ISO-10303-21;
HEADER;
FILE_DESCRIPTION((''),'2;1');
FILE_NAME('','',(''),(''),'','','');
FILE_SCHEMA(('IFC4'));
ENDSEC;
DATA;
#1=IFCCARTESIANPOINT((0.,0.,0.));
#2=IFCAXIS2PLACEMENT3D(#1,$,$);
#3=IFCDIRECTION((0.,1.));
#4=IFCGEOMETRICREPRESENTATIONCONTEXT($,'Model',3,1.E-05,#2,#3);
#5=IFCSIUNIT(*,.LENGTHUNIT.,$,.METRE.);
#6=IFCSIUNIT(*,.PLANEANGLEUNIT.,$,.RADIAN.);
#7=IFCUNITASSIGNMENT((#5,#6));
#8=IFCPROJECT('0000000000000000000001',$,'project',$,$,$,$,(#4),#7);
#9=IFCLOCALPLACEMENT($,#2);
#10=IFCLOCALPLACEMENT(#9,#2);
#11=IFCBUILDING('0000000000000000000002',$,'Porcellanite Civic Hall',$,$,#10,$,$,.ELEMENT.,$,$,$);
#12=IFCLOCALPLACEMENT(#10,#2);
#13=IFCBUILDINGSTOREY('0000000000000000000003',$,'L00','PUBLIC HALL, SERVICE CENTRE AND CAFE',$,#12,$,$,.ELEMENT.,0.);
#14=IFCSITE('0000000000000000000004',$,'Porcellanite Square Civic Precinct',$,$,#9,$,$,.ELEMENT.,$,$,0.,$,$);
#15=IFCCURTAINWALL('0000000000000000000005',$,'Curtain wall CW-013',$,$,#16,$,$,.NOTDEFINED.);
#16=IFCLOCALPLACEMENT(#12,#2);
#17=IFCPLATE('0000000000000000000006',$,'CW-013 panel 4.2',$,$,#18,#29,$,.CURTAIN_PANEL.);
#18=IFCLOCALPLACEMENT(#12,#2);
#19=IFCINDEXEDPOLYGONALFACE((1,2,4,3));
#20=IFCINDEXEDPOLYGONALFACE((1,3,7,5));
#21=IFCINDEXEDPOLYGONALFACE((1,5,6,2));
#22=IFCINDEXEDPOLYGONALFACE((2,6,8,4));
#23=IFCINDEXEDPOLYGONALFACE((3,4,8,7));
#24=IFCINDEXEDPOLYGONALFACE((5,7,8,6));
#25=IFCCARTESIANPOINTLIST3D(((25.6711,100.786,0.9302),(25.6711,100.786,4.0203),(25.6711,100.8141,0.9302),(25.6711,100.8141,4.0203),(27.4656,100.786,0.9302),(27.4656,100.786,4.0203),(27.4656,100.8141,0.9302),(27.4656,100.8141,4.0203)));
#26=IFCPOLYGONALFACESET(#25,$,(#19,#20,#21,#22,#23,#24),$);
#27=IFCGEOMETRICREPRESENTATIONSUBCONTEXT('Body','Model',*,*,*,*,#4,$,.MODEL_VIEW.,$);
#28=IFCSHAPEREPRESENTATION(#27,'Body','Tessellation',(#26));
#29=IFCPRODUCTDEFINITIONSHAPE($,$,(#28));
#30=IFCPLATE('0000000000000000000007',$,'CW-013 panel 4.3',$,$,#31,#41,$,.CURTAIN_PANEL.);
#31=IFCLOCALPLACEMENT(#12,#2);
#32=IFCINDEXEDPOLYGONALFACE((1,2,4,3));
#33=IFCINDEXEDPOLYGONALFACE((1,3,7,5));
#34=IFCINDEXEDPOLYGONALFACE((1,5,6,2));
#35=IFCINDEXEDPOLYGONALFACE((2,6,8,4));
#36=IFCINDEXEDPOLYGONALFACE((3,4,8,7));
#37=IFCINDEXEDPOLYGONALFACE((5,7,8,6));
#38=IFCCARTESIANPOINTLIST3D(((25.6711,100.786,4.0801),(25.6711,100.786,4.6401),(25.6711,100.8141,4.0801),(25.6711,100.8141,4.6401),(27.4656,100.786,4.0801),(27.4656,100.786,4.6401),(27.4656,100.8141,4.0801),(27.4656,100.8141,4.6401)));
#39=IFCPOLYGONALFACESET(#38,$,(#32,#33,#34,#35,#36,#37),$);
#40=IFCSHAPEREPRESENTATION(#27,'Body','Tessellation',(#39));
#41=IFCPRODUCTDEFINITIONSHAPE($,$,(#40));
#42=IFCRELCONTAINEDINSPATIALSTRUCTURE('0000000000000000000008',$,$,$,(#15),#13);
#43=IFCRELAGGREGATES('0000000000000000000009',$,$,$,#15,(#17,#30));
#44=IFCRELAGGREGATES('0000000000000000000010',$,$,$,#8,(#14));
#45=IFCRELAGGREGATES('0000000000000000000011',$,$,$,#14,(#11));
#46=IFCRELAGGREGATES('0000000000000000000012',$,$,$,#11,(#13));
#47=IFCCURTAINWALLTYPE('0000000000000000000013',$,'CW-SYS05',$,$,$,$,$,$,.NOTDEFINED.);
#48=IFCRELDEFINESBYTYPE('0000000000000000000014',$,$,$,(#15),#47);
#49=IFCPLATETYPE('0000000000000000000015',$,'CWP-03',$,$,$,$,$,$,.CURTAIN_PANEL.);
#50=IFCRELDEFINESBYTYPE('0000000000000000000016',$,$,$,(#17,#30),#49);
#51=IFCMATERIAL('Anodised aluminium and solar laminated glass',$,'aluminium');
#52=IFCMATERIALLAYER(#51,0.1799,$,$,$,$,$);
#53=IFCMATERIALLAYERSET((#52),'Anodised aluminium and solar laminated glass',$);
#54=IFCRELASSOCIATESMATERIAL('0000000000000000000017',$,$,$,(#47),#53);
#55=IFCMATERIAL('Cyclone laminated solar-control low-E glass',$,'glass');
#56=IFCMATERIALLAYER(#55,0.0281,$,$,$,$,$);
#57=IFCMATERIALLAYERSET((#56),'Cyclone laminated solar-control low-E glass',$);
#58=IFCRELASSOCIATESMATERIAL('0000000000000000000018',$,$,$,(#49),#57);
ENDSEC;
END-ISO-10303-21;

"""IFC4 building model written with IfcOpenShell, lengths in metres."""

from ifc_helpers import new_model, si_unit, direction, frame, origin, origin_2d, place, context, subcontext, project, spatial, rectangle, extrude, material, layer, layer_set, type_object, element, aggregate, save


model = new_model("IFC4")

# Units and contexts
model_context = context("Model", 3, precision=1e-05, world=origin(), true_north=direction((0.0, 1.0)))
body_context = subcontext(model_context, "Body", "Model", "MODEL_VIEW")
ifc_project = project(units=[si_unit("LENGTHUNIT", "METRE"), si_unit("PLANEANGLEUNIT", "RADIAN")], contexts=[model_context])

# Site, building, storey
site_placement = place(None, origin())
site = spatial("IfcSite", under=ifc_project, at=site_placement, Name="Porcellanite Square Civic Precinct", CompositionType="ELEMENT", RefElevation=0.0)
building_placement = place(site_placement, origin())
building = spatial("IfcBuilding", under=site, at=building_placement, Name="Porcellanite Civic Hall", CompositionType="ELEMENT")
storey_placement = place(building_placement, origin())
storey = spatial("IfcBuildingStorey", under=building, at=storey_placement, Name="L00", Description="PUBLIC HALL, SERVICE CENTRE AND CAFE", CompositionType="ELEMENT", Elevation=0.0)

# Curtain wall, plates
ifc_material_1 = material(Name="Anodised aluminium and solar laminated glass", Category="aluminium")
ifc_layer_1 = layer(ifc_material_1, 0.1799)
ifc_layer_set_1 = layer_set([ifc_layer_1], Name="Anodised aluminium and solar laminated glass")
curtain_wall_type = type_object("IfcCurtainWallType", Name="CW-SYS05", PredefinedType="NOTDEFINED", material=ifc_layer_set_1)
curtain_wall_placement = place(storey_placement, origin())
curtain_wall = element("IfcCurtainWall", 1, at=curtain_wall_placement, inside=storey, type_object=curtain_wall_type, Name="Curtain wall CW-013", PredefinedType="NOTDEFINED")
ifc_material_2 = material(Name="Cyclone laminated solar-control low-E glass", Category="glass")
ifc_layer_2 = layer(ifc_material_2, 0.0281)
ifc_layer_set_2 = layer_set([ifc_layer_2], Name="Cyclone laminated solar-control low-E glass")
plate_type = type_object("IfcPlateType", Name="CWP-03", PredefinedType="CURTAIN_PANEL", material=ifc_layer_set_2)
plate_1_placement = place(storey_placement, frame((26.5684, 100.8, 0.9302), z_axis=(0.0, 0.0, 1.0), x_axis=(-1.0, 0.0, 0.0)))
plate_1 = element("IfcPlate", 2, at=plate_1_placement, type_object=plate_type, Name="CW-013 panel 4.2", PredefinedType="CURTAIN_PANEL", context=body_context, shape_type="SweptSolid", body=[
    extrude(rectangle(XDim=1.7944, YDim=0.0281, at=origin_2d()), origin(), (0.0, 0.0, 1.0), 3.0901),
])
plate_2_placement = place(storey_placement, frame((26.5684, 100.8, 4.0801), z_axis=(0.0, 0.0, 1.0), x_axis=(-1.0, 0.0, 0.0)))
plate_2 = element("IfcPlate", 3, at=plate_2_placement, type_object=plate_type, Name="CW-013 panel 4.3", PredefinedType="CURTAIN_PANEL", context=body_context, shape_type="SweptSolid", body=[
    extrude(rectangle(XDim=1.7944, YDim=0.0281, at=origin_2d()), origin(), (0.0, 0.0, 1.0), 0.5601),
])
aggregate(curtain_wall, [plate_1, plate_2])

save(model, "model.ifc")
